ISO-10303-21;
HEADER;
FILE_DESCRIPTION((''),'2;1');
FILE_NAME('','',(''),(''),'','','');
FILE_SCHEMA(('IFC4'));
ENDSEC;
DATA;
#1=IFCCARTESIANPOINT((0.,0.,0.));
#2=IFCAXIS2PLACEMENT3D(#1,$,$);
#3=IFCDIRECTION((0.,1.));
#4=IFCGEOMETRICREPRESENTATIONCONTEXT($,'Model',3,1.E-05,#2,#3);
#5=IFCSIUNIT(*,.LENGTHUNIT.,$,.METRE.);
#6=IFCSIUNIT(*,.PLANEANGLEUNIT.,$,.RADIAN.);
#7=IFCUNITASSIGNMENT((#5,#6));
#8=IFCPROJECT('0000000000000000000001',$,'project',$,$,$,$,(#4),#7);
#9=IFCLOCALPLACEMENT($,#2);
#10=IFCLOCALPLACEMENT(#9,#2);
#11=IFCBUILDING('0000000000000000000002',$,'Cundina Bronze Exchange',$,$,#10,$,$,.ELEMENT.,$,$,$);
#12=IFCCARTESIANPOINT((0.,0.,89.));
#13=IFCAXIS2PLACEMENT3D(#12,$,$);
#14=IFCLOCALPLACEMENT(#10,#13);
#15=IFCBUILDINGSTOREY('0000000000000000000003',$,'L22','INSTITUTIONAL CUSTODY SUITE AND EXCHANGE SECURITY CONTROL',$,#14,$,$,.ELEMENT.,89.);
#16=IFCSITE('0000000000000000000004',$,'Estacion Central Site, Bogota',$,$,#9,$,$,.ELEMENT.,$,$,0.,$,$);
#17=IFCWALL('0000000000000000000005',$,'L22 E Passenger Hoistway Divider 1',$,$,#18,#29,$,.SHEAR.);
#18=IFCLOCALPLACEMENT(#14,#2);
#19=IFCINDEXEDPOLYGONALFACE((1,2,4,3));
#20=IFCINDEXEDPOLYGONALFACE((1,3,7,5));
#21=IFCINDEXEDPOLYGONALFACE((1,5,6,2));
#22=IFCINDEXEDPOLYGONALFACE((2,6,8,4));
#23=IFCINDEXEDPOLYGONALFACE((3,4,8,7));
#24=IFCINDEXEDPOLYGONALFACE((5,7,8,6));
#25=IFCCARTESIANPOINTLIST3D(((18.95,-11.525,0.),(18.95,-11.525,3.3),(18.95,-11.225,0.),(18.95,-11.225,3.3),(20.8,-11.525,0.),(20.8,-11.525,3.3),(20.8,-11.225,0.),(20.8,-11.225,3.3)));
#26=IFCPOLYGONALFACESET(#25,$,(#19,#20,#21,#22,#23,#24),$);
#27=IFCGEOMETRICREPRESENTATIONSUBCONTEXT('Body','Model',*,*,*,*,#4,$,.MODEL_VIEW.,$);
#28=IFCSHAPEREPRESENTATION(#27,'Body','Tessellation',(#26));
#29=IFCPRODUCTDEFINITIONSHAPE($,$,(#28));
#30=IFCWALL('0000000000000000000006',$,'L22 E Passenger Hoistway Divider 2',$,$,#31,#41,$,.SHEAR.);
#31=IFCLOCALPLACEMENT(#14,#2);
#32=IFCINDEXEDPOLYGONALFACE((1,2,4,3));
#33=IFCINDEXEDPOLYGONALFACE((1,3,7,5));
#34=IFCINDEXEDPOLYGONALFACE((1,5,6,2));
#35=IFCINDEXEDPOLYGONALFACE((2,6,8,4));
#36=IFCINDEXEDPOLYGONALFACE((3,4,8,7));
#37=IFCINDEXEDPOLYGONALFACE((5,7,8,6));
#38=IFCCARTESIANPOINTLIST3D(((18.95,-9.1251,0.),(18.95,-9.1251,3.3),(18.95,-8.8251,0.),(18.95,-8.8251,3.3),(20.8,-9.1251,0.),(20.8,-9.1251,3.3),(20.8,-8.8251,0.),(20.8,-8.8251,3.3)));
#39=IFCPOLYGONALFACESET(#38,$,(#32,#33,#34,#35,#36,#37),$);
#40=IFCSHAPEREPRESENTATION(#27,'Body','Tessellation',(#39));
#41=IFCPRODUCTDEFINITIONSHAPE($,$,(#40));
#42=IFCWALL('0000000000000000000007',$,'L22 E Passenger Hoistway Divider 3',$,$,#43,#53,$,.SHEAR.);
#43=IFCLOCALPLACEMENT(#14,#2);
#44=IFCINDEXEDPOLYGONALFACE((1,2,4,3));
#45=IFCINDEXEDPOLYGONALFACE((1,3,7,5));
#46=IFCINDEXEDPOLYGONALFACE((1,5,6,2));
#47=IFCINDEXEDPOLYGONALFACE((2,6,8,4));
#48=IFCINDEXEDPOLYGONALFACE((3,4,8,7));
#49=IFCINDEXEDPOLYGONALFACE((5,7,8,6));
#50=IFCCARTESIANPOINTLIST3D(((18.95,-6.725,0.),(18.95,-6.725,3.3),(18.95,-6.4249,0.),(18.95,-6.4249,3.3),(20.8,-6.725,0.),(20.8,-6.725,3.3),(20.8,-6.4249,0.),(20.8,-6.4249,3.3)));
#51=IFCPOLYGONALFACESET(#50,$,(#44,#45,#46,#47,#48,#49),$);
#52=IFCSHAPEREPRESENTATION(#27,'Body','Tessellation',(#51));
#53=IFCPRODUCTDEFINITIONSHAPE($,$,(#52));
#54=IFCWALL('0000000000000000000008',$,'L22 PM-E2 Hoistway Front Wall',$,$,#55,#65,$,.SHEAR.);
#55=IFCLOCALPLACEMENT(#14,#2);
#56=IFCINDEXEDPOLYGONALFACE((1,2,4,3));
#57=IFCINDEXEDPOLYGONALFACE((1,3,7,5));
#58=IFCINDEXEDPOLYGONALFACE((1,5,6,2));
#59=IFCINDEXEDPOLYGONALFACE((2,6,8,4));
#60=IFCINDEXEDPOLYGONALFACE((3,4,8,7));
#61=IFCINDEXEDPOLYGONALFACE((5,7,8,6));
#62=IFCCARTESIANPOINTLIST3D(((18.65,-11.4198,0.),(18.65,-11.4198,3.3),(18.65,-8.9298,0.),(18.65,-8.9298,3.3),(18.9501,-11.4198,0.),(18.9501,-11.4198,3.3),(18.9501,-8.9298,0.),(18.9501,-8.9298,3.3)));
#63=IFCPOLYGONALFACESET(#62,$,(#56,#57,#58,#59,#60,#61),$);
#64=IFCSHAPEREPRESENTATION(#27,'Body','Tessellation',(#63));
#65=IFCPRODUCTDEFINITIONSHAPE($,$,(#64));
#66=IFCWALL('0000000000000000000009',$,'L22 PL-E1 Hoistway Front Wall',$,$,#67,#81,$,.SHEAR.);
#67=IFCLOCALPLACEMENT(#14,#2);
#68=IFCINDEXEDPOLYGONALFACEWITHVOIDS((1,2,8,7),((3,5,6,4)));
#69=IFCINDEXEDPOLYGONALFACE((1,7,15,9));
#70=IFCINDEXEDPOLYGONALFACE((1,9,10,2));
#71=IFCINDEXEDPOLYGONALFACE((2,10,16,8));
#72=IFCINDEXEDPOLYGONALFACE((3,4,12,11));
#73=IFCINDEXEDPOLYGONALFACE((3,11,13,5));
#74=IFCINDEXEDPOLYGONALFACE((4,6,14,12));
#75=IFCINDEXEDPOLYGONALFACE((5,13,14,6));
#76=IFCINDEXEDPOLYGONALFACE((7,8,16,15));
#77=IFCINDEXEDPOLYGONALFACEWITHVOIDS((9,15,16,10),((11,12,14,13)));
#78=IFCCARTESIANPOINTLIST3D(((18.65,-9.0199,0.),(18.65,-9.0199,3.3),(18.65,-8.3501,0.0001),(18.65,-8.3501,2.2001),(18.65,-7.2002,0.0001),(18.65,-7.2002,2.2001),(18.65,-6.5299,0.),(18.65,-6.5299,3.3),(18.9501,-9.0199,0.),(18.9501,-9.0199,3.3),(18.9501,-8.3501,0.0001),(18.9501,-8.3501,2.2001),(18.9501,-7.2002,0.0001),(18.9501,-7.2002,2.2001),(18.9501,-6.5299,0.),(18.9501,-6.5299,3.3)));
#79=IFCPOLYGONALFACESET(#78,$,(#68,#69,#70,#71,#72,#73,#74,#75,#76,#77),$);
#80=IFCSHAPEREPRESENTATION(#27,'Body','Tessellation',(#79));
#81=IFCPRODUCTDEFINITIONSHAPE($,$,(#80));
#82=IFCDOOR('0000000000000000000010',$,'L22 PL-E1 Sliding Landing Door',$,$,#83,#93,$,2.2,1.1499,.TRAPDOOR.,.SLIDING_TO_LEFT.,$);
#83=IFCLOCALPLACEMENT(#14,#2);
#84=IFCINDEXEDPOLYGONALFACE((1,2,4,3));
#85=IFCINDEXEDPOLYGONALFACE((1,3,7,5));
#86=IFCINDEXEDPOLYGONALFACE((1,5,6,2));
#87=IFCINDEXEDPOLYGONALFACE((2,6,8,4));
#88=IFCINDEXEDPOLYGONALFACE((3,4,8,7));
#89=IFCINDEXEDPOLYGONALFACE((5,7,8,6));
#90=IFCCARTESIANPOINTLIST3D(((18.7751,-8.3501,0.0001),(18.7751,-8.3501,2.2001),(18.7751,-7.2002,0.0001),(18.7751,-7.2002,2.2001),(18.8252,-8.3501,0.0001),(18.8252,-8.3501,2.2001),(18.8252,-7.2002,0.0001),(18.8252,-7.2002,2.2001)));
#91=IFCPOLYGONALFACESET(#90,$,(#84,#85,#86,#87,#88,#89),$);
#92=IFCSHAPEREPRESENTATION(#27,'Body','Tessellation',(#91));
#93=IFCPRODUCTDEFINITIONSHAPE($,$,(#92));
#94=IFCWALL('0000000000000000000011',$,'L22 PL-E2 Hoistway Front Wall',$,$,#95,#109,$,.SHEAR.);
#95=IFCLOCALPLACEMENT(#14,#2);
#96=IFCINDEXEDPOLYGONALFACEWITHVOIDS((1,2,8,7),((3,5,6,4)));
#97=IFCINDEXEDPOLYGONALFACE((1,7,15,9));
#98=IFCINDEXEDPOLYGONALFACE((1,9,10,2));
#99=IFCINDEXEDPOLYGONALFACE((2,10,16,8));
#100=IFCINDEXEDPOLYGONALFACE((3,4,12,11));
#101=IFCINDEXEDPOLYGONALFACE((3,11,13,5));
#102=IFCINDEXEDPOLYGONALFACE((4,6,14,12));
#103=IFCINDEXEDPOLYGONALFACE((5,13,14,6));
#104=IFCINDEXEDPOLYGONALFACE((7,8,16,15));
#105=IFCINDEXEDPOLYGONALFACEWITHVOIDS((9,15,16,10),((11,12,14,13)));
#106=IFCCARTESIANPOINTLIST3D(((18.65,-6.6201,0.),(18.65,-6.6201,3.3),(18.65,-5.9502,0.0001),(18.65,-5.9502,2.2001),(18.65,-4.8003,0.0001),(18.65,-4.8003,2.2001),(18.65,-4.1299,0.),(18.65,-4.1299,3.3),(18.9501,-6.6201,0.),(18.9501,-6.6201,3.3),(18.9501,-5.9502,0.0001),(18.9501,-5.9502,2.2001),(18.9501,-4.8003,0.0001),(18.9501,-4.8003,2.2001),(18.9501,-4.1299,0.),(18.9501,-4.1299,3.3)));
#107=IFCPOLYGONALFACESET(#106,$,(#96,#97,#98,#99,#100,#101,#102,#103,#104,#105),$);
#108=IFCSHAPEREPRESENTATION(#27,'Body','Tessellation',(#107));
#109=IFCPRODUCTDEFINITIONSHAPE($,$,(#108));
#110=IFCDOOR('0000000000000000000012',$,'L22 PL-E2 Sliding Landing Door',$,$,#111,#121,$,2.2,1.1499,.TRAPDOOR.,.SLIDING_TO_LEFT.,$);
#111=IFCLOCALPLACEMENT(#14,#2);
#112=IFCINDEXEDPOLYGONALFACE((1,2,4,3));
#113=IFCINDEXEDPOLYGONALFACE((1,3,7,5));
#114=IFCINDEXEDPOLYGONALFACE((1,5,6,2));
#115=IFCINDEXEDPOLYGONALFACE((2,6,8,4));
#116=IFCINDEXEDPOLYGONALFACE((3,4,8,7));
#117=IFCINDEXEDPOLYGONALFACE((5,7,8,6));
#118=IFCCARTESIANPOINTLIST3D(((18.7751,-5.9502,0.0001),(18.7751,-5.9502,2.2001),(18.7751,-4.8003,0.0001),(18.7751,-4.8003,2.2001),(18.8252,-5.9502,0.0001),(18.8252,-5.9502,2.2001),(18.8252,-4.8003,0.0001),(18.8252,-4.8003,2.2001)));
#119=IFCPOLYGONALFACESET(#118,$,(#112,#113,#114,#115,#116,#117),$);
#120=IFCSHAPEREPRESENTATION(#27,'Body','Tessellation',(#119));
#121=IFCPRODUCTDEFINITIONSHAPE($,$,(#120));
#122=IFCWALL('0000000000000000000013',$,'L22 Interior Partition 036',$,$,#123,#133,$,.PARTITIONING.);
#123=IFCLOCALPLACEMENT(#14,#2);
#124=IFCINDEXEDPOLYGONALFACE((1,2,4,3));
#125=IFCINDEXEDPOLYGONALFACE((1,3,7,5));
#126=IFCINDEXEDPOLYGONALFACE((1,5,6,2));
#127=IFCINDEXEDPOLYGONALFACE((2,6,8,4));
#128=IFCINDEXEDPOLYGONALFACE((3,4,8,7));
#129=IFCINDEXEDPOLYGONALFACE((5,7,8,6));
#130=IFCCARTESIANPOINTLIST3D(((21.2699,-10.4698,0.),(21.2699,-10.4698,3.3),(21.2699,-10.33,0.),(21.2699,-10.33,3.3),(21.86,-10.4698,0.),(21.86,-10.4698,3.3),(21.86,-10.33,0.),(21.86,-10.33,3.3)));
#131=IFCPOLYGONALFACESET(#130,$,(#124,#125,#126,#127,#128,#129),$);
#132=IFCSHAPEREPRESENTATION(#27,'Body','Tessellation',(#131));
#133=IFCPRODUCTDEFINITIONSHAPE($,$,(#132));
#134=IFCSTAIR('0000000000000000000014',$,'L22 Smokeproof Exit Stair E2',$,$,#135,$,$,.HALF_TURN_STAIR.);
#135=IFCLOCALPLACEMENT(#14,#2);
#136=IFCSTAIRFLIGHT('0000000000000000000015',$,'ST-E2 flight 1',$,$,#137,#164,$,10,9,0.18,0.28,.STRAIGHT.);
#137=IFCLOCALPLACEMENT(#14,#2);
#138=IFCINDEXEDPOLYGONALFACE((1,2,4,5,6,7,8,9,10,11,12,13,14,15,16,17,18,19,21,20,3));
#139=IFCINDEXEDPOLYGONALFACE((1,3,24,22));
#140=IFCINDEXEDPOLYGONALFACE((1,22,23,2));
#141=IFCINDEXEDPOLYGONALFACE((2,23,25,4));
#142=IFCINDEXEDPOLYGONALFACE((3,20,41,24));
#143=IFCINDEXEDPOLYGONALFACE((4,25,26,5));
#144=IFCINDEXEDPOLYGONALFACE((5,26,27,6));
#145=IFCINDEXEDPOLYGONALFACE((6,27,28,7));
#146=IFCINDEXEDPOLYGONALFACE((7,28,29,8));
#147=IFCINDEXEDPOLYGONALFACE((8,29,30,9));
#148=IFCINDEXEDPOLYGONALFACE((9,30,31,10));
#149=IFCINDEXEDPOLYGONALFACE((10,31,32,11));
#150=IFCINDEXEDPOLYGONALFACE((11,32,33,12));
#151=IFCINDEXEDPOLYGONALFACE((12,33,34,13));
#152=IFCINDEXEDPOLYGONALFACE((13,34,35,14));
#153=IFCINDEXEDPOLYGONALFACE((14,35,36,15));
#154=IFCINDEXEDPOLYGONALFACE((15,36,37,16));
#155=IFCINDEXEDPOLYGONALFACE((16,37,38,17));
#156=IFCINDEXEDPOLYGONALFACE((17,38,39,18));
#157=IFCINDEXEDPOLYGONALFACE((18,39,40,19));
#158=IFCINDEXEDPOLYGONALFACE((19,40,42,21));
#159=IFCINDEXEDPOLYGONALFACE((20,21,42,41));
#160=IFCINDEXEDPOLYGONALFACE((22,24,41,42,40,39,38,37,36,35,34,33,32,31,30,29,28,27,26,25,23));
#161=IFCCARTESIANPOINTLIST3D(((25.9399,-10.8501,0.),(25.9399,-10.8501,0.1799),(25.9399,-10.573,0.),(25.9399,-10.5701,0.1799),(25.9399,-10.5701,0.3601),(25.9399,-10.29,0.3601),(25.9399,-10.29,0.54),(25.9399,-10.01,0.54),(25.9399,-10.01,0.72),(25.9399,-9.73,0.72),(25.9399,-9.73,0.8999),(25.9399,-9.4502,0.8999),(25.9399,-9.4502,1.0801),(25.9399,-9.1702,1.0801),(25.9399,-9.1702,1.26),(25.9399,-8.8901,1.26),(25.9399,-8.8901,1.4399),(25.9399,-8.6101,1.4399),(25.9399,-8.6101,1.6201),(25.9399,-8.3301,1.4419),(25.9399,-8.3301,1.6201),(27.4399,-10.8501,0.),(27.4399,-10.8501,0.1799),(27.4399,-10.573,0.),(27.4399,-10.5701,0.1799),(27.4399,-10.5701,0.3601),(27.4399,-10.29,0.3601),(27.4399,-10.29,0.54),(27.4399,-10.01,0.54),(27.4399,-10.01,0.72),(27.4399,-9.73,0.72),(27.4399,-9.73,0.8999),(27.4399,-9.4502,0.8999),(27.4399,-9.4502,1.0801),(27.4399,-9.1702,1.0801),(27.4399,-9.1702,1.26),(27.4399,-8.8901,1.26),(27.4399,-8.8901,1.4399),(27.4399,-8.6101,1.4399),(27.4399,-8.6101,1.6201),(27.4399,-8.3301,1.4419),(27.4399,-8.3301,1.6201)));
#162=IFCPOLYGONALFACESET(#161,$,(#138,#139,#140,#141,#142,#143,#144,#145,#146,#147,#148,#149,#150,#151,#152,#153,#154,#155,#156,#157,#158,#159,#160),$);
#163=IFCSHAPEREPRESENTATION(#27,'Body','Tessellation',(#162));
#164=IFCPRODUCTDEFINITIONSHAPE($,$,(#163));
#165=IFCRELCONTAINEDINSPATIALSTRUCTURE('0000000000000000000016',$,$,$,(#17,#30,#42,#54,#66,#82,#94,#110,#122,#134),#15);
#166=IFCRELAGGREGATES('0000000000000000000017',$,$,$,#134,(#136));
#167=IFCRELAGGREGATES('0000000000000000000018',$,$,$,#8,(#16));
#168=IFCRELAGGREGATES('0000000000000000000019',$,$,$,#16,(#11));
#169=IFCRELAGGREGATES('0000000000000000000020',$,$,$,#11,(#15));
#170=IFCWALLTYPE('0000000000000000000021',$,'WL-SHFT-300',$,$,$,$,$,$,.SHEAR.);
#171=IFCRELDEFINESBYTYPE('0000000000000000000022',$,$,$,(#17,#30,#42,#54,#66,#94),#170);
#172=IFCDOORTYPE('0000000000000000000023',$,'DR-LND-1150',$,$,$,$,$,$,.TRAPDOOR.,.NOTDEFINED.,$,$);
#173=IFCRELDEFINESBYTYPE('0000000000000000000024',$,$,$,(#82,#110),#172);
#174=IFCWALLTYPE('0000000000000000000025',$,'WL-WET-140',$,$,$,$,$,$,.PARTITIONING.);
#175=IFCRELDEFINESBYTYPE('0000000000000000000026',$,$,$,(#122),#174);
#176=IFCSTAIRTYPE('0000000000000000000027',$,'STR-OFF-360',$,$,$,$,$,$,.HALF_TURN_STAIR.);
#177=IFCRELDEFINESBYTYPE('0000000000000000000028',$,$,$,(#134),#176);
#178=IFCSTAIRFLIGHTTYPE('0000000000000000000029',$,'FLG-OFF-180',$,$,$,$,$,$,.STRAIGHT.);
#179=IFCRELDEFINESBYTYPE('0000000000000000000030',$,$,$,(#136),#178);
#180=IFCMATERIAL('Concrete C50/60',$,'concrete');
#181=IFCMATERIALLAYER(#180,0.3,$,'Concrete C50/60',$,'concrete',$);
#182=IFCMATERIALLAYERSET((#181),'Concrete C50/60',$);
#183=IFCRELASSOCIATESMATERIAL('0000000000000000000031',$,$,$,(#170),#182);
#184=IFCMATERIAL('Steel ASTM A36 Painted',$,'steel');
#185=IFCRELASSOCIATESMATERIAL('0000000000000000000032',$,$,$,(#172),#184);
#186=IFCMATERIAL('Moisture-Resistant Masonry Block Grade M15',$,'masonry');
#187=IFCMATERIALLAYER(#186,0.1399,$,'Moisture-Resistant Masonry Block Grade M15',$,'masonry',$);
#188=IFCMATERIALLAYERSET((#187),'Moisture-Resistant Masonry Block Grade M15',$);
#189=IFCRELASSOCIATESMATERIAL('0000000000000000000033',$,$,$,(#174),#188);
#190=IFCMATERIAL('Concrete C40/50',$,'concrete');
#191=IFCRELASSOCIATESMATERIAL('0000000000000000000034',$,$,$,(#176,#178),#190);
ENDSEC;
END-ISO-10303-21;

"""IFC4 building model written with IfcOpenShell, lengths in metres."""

from ifc_helpers import new_model, si_unit, direction, frame, frame_2d, origin, place, context, subcontext, project, spatial, polyline, rectangle, outline, extrude, material, layer, layer_set, type_object, element, fill, aggregate, save


model = new_model("IFC4")

# Units and contexts
model_context = context("Model", 3, precision=1e-05, world=origin(), true_north=direction((0.0, 1.0)))
body_context = subcontext(model_context, "Body", "Model", "MODEL_VIEW")
ifc_project = project(units=[si_unit("LENGTHUNIT", "METRE"), si_unit("PLANEANGLEUNIT", "RADIAN")], contexts=[model_context])

# Site, building, storey
site_placement = place(None, origin())
site = spatial("IfcSite", under=ifc_project, at=site_placement, Name="Estacion Central Site, Bogota", CompositionType="ELEMENT", RefElevation=0.0)
building_placement = place(site_placement, origin())
building = spatial("IfcBuilding", under=site, at=building_placement, Name="Cundina Bronze Exchange", CompositionType="ELEMENT")
storey_placement = place(building_placement, frame((0.0, 0.0, 89.0)))
storey = spatial("IfcBuildingStorey", under=building, at=storey_placement, Name="L22", Description="INSTITUTIONAL CUSTODY SUITE AND EXCHANGE SECURITY CONTROL", CompositionType="ELEMENT", Elevation=89.0)

# Shared definitions
ifc_material_1 = material(Name="Concrete C50/60", Category="concrete")
ifc_layer_1 = layer(ifc_material_1, 0.3, Name="Concrete C50/60", Category="concrete")
ifc_layer_set_1 = layer_set([ifc_layer_1], Name="Concrete C50/60")
wall_type_1 = type_object("IfcWallType", Name="WL-SHFT-300", PredefinedType="SHEAR", material=ifc_layer_set_1)

# Shared definitions
ifc_material_2 = material(Name="Steel ASTM A36 Painted", Category="steel")
door_type_1 = type_object("IfcDoorType", Name="DR-LND-1150", OperationType="NOTDEFINED", PredefinedType="TRAPDOOR", material=ifc_material_2)

# Walls
for number, where, z_axis, x_axis, name in (
    (1, (18.95, -11.375, 0.0), (0.0, 0.0, 1.0), (1.0, 0.0, 0.0), "L22 E Passenger Hoistway Divider 1"),
    (2, (18.95, -8.9751, 0.0), (0.0, 0.0, 1.0), (1.0, 0.0, 0.0), "L22 E Passenger Hoistway Divider 2"),
    (3, (18.95, -6.575, 0.0), (0.0, 0.0, 1.0), (1.0, 0.0, 0.0), "L22 E Passenger Hoistway Divider 3"),
):
    element("IfcWall", number, at=place(storey_placement, frame(where, z_axis=z_axis, x_axis=x_axis)), inside=storey, type_object=wall_type_1, Name=name, PredefinedType="SHEAR", context=body_context, shape_type="SweptSolid", body=[
        extrude(rectangle(XDim=1.8501, YDim=0.3, at=frame_2d((0.925, 0.0))), origin(), (0.0, 0.0, 1.0), 3.3),
    ])
wall_1_placement = place(storey_placement, frame((18.8, -11.4199, 0.0), z_axis=(0.0, 0.0, 1.0), x_axis=(0.0, 1.0, 0.0)))
element("IfcWall", 4, at=wall_1_placement, inside=storey, type_object=wall_type_1, Name="L22 PM-E2 Hoistway Front Wall", PredefinedType="SHEAR", context=body_context, shape_type="SweptSolid", body=[
    extrude(rectangle(XDim=2.49, YDim=0.3, at=frame_2d((1.2451, 0.0))), origin(), (0.0, 0.0, 1.0), 3.3),
])

# Walls, openings, doors
wall_2_placement = place(storey_placement, frame((18.8, -9.02, 0.0), z_axis=(0.0, 0.0, 1.0), x_axis=(0.0, 1.0, 0.0)))
wall_2 = element("IfcWall", 5, at=wall_2_placement, inside=storey, type_object=wall_type_1, Name="L22 PL-E1 Hoistway Front Wall", PredefinedType="SHEAR", context=body_context, shape_type="SweptSolid", body=[
    extrude(rectangle(XDim=2.49, YDim=0.3, at=frame_2d((1.2451, 0.0))), origin(), (0.0, 0.0, 1.0), 3.3),
])
opening_1_placement = place(wall_2_placement, frame((0.6699, 0.0, 0.0)))
opening_1 = element("IfcOpeningElement", 6, at=opening_1_placement, cuts=wall_2, PredefinedType="OPENING", context=body_context, shape_type="SweptSolid", body=[
    extrude(rectangle(XDim=1.1499, YDim=2.2, at=frame_2d((0.575, 1.1001))), frame((0.0, 0.1599, 0.0), z_axis=(0.0, -1.0, 0.0), x_axis=(1.0, 0.0, 0.0)), (0.0, 0.0, 1.0), 0.3201),
])
door_1_placement = place(opening_1_placement, origin())
door_1 = element("IfcDoor", 7, at=door_1_placement, inside=storey, type_object=door_type_1, Name="L22 PL-E1 Sliding Landing Door", OperationType="SLIDING_TO_LEFT", OverallHeight=2.2, OverallWidth=1.1499, PredefinedType="TRAPDOOR", context=body_context, shape_type="SweptSolid", body=[
    extrude(rectangle(XDim=1.1499, YDim=2.2, at=frame_2d((0.575, 1.1001))), frame((0.0, 0.0249, 0.0), z_axis=(0.0, -1.0, 0.0), x_axis=(1.0, 0.0, 0.0)), (0.0, 0.0, 1.0), 0.05),
])
fill(opening_1, door_1)
wall_3_placement = place(storey_placement, frame((18.8, -6.6201, 0.0), z_axis=(0.0, 0.0, 1.0), x_axis=(0.0, 1.0, 0.0)))
wall_3 = element("IfcWall", 8, at=wall_3_placement, inside=storey, type_object=wall_type_1, Name="L22 PL-E2 Hoistway Front Wall", PredefinedType="SHEAR", context=body_context, shape_type="SweptSolid", body=[
    extrude(rectangle(XDim=2.4902, YDim=0.3, at=frame_2d((1.2451, 0.0))), origin(), (0.0, 0.0, 1.0), 3.3),
])
opening_2_placement = place(wall_3_placement, frame((0.6699, 0.0, 0.0)))
opening_2 = element("IfcOpeningElement", 9, at=opening_2_placement, cuts=wall_3, PredefinedType="OPENING", context=body_context, shape_type="SweptSolid", body=[
    extrude(rectangle(XDim=1.1499, YDim=2.2, at=frame_2d((0.575, 1.1001))), frame((0.0, 0.1599, 0.0), z_axis=(0.0, -1.0, 0.0), x_axis=(1.0, 0.0, 0.0)), (0.0, 0.0, 1.0), 0.3201),
])
door_2_placement = place(opening_2_placement, origin())
door_2 = element("IfcDoor", 10, at=door_2_placement, inside=storey, type_object=door_type_1, Name="L22 PL-E2 Sliding Landing Door", OperationType="SLIDING_TO_LEFT", OverallHeight=2.2, OverallWidth=1.1499, PredefinedType="TRAPDOOR", context=body_context, shape_type="SweptSolid", body=[
    extrude(rectangle(XDim=1.1499, YDim=2.2, at=frame_2d((0.575, 1.1001))), frame((0.0, 0.0249, 0.0), z_axis=(0.0, -1.0, 0.0), x_axis=(1.0, 0.0, 0.0)), (0.0, 0.0, 1.0), 0.05),
])
fill(opening_2, door_2)

# Wall
ifc_material_3 = material(Name="Moisture-Resistant Masonry Block Grade M15", Category="masonry")
ifc_layer_2 = layer(ifc_material_3, 0.1399, Name="Moisture-Resistant Masonry Block Grade M15", Category="masonry")
ifc_layer_set_2 = layer_set([ifc_layer_2], Name="Moisture-Resistant Masonry Block Grade M15")
wall_type_2 = type_object("IfcWallType", Name="WL-WET-140", PredefinedType="PARTITIONING", material=ifc_layer_set_2)
wall_4_placement = place(storey_placement, frame((21.27, -10.3999, 0.0), z_axis=(0.0, 0.0, 1.0), x_axis=(1.0, 0.0, 0.0)))
element("IfcWall", 11, at=wall_4_placement, inside=storey, type_object=wall_type_2, Name="L22 Interior Partition 036", PredefinedType="PARTITIONING", context=body_context, shape_type="SweptSolid", body=[
    extrude(rectangle(XDim=0.5901, YDim=0.1399, at=frame_2d((0.2949, 0.0))), origin(), (0.0, 0.0, 1.0), 3.3),
])

# Stair, stair flight
ifc_material_4 = material(Name="Concrete C40/50", Category="concrete")
stair_type = type_object("IfcStairType", Name="STR-OFF-360", PredefinedType="HALF_TURN_STAIR", material=ifc_material_4)
stair_placement = place(storey_placement, origin())
stair = element("IfcStair", 12, at=stair_placement, inside=storey, type_object=stair_type, Name="L22 Smokeproof Exit Stair E2", PredefinedType="HALF_TURN_STAIR")
stair_flight_type = type_object("IfcStairFlightType", Name="FLG-OFF-180", PredefinedType="STRAIGHT", material=ifc_material_4)
stair_flight_1_placement = place(storey_placement, frame((26.6899, -10.8501, 0.0), z_axis=(0.0, 0.0, 1.0), x_axis=(0.0, 1.0, 0.0)))
stair_flight_1 = element("IfcStairFlight", 13, at=stair_flight_1_placement, type_object=stair_flight_type, Name="ST-E2 flight 1", NumberOfRisers=10, NumberOfTreads=9, PredefinedType="STRAIGHT", RiserHeight=0.18, TreadLength=0.28, context=body_context, shape_type="SweptSolid", body=[
    extrude(outline(polyline([(0.0, 0.0), (0.0, 0.1799), (0.28, 0.1799), (0.28, 0.3601), (0.5601, 0.3601), (0.5601, 0.54), (0.8401, 0.54), (0.8401, 0.72), (1.1201, 0.72), (1.1201, 0.8999), (1.3999, 0.8999), (1.3999, 1.0801), (1.6799, 1.0801), (1.6799, 1.26), (1.96, 1.26), (1.96, 1.4399), (2.24, 1.4399), (2.24, 1.6201), (2.52, 1.6201), (2.52, 1.8), (2.52, 1.4419), (0.2771, 0.0), (0.0, 0.0)])), frame((0.0, 0.75, 0.0), z_axis=(0.0, -1.0, 0.0), x_axis=(1.0, 0.0, 0.0)), (0.0, 0.0, 1.0), 1.5),
])
aggregate(stair, [stair_flight_1])

save(model, "model.ifc")
